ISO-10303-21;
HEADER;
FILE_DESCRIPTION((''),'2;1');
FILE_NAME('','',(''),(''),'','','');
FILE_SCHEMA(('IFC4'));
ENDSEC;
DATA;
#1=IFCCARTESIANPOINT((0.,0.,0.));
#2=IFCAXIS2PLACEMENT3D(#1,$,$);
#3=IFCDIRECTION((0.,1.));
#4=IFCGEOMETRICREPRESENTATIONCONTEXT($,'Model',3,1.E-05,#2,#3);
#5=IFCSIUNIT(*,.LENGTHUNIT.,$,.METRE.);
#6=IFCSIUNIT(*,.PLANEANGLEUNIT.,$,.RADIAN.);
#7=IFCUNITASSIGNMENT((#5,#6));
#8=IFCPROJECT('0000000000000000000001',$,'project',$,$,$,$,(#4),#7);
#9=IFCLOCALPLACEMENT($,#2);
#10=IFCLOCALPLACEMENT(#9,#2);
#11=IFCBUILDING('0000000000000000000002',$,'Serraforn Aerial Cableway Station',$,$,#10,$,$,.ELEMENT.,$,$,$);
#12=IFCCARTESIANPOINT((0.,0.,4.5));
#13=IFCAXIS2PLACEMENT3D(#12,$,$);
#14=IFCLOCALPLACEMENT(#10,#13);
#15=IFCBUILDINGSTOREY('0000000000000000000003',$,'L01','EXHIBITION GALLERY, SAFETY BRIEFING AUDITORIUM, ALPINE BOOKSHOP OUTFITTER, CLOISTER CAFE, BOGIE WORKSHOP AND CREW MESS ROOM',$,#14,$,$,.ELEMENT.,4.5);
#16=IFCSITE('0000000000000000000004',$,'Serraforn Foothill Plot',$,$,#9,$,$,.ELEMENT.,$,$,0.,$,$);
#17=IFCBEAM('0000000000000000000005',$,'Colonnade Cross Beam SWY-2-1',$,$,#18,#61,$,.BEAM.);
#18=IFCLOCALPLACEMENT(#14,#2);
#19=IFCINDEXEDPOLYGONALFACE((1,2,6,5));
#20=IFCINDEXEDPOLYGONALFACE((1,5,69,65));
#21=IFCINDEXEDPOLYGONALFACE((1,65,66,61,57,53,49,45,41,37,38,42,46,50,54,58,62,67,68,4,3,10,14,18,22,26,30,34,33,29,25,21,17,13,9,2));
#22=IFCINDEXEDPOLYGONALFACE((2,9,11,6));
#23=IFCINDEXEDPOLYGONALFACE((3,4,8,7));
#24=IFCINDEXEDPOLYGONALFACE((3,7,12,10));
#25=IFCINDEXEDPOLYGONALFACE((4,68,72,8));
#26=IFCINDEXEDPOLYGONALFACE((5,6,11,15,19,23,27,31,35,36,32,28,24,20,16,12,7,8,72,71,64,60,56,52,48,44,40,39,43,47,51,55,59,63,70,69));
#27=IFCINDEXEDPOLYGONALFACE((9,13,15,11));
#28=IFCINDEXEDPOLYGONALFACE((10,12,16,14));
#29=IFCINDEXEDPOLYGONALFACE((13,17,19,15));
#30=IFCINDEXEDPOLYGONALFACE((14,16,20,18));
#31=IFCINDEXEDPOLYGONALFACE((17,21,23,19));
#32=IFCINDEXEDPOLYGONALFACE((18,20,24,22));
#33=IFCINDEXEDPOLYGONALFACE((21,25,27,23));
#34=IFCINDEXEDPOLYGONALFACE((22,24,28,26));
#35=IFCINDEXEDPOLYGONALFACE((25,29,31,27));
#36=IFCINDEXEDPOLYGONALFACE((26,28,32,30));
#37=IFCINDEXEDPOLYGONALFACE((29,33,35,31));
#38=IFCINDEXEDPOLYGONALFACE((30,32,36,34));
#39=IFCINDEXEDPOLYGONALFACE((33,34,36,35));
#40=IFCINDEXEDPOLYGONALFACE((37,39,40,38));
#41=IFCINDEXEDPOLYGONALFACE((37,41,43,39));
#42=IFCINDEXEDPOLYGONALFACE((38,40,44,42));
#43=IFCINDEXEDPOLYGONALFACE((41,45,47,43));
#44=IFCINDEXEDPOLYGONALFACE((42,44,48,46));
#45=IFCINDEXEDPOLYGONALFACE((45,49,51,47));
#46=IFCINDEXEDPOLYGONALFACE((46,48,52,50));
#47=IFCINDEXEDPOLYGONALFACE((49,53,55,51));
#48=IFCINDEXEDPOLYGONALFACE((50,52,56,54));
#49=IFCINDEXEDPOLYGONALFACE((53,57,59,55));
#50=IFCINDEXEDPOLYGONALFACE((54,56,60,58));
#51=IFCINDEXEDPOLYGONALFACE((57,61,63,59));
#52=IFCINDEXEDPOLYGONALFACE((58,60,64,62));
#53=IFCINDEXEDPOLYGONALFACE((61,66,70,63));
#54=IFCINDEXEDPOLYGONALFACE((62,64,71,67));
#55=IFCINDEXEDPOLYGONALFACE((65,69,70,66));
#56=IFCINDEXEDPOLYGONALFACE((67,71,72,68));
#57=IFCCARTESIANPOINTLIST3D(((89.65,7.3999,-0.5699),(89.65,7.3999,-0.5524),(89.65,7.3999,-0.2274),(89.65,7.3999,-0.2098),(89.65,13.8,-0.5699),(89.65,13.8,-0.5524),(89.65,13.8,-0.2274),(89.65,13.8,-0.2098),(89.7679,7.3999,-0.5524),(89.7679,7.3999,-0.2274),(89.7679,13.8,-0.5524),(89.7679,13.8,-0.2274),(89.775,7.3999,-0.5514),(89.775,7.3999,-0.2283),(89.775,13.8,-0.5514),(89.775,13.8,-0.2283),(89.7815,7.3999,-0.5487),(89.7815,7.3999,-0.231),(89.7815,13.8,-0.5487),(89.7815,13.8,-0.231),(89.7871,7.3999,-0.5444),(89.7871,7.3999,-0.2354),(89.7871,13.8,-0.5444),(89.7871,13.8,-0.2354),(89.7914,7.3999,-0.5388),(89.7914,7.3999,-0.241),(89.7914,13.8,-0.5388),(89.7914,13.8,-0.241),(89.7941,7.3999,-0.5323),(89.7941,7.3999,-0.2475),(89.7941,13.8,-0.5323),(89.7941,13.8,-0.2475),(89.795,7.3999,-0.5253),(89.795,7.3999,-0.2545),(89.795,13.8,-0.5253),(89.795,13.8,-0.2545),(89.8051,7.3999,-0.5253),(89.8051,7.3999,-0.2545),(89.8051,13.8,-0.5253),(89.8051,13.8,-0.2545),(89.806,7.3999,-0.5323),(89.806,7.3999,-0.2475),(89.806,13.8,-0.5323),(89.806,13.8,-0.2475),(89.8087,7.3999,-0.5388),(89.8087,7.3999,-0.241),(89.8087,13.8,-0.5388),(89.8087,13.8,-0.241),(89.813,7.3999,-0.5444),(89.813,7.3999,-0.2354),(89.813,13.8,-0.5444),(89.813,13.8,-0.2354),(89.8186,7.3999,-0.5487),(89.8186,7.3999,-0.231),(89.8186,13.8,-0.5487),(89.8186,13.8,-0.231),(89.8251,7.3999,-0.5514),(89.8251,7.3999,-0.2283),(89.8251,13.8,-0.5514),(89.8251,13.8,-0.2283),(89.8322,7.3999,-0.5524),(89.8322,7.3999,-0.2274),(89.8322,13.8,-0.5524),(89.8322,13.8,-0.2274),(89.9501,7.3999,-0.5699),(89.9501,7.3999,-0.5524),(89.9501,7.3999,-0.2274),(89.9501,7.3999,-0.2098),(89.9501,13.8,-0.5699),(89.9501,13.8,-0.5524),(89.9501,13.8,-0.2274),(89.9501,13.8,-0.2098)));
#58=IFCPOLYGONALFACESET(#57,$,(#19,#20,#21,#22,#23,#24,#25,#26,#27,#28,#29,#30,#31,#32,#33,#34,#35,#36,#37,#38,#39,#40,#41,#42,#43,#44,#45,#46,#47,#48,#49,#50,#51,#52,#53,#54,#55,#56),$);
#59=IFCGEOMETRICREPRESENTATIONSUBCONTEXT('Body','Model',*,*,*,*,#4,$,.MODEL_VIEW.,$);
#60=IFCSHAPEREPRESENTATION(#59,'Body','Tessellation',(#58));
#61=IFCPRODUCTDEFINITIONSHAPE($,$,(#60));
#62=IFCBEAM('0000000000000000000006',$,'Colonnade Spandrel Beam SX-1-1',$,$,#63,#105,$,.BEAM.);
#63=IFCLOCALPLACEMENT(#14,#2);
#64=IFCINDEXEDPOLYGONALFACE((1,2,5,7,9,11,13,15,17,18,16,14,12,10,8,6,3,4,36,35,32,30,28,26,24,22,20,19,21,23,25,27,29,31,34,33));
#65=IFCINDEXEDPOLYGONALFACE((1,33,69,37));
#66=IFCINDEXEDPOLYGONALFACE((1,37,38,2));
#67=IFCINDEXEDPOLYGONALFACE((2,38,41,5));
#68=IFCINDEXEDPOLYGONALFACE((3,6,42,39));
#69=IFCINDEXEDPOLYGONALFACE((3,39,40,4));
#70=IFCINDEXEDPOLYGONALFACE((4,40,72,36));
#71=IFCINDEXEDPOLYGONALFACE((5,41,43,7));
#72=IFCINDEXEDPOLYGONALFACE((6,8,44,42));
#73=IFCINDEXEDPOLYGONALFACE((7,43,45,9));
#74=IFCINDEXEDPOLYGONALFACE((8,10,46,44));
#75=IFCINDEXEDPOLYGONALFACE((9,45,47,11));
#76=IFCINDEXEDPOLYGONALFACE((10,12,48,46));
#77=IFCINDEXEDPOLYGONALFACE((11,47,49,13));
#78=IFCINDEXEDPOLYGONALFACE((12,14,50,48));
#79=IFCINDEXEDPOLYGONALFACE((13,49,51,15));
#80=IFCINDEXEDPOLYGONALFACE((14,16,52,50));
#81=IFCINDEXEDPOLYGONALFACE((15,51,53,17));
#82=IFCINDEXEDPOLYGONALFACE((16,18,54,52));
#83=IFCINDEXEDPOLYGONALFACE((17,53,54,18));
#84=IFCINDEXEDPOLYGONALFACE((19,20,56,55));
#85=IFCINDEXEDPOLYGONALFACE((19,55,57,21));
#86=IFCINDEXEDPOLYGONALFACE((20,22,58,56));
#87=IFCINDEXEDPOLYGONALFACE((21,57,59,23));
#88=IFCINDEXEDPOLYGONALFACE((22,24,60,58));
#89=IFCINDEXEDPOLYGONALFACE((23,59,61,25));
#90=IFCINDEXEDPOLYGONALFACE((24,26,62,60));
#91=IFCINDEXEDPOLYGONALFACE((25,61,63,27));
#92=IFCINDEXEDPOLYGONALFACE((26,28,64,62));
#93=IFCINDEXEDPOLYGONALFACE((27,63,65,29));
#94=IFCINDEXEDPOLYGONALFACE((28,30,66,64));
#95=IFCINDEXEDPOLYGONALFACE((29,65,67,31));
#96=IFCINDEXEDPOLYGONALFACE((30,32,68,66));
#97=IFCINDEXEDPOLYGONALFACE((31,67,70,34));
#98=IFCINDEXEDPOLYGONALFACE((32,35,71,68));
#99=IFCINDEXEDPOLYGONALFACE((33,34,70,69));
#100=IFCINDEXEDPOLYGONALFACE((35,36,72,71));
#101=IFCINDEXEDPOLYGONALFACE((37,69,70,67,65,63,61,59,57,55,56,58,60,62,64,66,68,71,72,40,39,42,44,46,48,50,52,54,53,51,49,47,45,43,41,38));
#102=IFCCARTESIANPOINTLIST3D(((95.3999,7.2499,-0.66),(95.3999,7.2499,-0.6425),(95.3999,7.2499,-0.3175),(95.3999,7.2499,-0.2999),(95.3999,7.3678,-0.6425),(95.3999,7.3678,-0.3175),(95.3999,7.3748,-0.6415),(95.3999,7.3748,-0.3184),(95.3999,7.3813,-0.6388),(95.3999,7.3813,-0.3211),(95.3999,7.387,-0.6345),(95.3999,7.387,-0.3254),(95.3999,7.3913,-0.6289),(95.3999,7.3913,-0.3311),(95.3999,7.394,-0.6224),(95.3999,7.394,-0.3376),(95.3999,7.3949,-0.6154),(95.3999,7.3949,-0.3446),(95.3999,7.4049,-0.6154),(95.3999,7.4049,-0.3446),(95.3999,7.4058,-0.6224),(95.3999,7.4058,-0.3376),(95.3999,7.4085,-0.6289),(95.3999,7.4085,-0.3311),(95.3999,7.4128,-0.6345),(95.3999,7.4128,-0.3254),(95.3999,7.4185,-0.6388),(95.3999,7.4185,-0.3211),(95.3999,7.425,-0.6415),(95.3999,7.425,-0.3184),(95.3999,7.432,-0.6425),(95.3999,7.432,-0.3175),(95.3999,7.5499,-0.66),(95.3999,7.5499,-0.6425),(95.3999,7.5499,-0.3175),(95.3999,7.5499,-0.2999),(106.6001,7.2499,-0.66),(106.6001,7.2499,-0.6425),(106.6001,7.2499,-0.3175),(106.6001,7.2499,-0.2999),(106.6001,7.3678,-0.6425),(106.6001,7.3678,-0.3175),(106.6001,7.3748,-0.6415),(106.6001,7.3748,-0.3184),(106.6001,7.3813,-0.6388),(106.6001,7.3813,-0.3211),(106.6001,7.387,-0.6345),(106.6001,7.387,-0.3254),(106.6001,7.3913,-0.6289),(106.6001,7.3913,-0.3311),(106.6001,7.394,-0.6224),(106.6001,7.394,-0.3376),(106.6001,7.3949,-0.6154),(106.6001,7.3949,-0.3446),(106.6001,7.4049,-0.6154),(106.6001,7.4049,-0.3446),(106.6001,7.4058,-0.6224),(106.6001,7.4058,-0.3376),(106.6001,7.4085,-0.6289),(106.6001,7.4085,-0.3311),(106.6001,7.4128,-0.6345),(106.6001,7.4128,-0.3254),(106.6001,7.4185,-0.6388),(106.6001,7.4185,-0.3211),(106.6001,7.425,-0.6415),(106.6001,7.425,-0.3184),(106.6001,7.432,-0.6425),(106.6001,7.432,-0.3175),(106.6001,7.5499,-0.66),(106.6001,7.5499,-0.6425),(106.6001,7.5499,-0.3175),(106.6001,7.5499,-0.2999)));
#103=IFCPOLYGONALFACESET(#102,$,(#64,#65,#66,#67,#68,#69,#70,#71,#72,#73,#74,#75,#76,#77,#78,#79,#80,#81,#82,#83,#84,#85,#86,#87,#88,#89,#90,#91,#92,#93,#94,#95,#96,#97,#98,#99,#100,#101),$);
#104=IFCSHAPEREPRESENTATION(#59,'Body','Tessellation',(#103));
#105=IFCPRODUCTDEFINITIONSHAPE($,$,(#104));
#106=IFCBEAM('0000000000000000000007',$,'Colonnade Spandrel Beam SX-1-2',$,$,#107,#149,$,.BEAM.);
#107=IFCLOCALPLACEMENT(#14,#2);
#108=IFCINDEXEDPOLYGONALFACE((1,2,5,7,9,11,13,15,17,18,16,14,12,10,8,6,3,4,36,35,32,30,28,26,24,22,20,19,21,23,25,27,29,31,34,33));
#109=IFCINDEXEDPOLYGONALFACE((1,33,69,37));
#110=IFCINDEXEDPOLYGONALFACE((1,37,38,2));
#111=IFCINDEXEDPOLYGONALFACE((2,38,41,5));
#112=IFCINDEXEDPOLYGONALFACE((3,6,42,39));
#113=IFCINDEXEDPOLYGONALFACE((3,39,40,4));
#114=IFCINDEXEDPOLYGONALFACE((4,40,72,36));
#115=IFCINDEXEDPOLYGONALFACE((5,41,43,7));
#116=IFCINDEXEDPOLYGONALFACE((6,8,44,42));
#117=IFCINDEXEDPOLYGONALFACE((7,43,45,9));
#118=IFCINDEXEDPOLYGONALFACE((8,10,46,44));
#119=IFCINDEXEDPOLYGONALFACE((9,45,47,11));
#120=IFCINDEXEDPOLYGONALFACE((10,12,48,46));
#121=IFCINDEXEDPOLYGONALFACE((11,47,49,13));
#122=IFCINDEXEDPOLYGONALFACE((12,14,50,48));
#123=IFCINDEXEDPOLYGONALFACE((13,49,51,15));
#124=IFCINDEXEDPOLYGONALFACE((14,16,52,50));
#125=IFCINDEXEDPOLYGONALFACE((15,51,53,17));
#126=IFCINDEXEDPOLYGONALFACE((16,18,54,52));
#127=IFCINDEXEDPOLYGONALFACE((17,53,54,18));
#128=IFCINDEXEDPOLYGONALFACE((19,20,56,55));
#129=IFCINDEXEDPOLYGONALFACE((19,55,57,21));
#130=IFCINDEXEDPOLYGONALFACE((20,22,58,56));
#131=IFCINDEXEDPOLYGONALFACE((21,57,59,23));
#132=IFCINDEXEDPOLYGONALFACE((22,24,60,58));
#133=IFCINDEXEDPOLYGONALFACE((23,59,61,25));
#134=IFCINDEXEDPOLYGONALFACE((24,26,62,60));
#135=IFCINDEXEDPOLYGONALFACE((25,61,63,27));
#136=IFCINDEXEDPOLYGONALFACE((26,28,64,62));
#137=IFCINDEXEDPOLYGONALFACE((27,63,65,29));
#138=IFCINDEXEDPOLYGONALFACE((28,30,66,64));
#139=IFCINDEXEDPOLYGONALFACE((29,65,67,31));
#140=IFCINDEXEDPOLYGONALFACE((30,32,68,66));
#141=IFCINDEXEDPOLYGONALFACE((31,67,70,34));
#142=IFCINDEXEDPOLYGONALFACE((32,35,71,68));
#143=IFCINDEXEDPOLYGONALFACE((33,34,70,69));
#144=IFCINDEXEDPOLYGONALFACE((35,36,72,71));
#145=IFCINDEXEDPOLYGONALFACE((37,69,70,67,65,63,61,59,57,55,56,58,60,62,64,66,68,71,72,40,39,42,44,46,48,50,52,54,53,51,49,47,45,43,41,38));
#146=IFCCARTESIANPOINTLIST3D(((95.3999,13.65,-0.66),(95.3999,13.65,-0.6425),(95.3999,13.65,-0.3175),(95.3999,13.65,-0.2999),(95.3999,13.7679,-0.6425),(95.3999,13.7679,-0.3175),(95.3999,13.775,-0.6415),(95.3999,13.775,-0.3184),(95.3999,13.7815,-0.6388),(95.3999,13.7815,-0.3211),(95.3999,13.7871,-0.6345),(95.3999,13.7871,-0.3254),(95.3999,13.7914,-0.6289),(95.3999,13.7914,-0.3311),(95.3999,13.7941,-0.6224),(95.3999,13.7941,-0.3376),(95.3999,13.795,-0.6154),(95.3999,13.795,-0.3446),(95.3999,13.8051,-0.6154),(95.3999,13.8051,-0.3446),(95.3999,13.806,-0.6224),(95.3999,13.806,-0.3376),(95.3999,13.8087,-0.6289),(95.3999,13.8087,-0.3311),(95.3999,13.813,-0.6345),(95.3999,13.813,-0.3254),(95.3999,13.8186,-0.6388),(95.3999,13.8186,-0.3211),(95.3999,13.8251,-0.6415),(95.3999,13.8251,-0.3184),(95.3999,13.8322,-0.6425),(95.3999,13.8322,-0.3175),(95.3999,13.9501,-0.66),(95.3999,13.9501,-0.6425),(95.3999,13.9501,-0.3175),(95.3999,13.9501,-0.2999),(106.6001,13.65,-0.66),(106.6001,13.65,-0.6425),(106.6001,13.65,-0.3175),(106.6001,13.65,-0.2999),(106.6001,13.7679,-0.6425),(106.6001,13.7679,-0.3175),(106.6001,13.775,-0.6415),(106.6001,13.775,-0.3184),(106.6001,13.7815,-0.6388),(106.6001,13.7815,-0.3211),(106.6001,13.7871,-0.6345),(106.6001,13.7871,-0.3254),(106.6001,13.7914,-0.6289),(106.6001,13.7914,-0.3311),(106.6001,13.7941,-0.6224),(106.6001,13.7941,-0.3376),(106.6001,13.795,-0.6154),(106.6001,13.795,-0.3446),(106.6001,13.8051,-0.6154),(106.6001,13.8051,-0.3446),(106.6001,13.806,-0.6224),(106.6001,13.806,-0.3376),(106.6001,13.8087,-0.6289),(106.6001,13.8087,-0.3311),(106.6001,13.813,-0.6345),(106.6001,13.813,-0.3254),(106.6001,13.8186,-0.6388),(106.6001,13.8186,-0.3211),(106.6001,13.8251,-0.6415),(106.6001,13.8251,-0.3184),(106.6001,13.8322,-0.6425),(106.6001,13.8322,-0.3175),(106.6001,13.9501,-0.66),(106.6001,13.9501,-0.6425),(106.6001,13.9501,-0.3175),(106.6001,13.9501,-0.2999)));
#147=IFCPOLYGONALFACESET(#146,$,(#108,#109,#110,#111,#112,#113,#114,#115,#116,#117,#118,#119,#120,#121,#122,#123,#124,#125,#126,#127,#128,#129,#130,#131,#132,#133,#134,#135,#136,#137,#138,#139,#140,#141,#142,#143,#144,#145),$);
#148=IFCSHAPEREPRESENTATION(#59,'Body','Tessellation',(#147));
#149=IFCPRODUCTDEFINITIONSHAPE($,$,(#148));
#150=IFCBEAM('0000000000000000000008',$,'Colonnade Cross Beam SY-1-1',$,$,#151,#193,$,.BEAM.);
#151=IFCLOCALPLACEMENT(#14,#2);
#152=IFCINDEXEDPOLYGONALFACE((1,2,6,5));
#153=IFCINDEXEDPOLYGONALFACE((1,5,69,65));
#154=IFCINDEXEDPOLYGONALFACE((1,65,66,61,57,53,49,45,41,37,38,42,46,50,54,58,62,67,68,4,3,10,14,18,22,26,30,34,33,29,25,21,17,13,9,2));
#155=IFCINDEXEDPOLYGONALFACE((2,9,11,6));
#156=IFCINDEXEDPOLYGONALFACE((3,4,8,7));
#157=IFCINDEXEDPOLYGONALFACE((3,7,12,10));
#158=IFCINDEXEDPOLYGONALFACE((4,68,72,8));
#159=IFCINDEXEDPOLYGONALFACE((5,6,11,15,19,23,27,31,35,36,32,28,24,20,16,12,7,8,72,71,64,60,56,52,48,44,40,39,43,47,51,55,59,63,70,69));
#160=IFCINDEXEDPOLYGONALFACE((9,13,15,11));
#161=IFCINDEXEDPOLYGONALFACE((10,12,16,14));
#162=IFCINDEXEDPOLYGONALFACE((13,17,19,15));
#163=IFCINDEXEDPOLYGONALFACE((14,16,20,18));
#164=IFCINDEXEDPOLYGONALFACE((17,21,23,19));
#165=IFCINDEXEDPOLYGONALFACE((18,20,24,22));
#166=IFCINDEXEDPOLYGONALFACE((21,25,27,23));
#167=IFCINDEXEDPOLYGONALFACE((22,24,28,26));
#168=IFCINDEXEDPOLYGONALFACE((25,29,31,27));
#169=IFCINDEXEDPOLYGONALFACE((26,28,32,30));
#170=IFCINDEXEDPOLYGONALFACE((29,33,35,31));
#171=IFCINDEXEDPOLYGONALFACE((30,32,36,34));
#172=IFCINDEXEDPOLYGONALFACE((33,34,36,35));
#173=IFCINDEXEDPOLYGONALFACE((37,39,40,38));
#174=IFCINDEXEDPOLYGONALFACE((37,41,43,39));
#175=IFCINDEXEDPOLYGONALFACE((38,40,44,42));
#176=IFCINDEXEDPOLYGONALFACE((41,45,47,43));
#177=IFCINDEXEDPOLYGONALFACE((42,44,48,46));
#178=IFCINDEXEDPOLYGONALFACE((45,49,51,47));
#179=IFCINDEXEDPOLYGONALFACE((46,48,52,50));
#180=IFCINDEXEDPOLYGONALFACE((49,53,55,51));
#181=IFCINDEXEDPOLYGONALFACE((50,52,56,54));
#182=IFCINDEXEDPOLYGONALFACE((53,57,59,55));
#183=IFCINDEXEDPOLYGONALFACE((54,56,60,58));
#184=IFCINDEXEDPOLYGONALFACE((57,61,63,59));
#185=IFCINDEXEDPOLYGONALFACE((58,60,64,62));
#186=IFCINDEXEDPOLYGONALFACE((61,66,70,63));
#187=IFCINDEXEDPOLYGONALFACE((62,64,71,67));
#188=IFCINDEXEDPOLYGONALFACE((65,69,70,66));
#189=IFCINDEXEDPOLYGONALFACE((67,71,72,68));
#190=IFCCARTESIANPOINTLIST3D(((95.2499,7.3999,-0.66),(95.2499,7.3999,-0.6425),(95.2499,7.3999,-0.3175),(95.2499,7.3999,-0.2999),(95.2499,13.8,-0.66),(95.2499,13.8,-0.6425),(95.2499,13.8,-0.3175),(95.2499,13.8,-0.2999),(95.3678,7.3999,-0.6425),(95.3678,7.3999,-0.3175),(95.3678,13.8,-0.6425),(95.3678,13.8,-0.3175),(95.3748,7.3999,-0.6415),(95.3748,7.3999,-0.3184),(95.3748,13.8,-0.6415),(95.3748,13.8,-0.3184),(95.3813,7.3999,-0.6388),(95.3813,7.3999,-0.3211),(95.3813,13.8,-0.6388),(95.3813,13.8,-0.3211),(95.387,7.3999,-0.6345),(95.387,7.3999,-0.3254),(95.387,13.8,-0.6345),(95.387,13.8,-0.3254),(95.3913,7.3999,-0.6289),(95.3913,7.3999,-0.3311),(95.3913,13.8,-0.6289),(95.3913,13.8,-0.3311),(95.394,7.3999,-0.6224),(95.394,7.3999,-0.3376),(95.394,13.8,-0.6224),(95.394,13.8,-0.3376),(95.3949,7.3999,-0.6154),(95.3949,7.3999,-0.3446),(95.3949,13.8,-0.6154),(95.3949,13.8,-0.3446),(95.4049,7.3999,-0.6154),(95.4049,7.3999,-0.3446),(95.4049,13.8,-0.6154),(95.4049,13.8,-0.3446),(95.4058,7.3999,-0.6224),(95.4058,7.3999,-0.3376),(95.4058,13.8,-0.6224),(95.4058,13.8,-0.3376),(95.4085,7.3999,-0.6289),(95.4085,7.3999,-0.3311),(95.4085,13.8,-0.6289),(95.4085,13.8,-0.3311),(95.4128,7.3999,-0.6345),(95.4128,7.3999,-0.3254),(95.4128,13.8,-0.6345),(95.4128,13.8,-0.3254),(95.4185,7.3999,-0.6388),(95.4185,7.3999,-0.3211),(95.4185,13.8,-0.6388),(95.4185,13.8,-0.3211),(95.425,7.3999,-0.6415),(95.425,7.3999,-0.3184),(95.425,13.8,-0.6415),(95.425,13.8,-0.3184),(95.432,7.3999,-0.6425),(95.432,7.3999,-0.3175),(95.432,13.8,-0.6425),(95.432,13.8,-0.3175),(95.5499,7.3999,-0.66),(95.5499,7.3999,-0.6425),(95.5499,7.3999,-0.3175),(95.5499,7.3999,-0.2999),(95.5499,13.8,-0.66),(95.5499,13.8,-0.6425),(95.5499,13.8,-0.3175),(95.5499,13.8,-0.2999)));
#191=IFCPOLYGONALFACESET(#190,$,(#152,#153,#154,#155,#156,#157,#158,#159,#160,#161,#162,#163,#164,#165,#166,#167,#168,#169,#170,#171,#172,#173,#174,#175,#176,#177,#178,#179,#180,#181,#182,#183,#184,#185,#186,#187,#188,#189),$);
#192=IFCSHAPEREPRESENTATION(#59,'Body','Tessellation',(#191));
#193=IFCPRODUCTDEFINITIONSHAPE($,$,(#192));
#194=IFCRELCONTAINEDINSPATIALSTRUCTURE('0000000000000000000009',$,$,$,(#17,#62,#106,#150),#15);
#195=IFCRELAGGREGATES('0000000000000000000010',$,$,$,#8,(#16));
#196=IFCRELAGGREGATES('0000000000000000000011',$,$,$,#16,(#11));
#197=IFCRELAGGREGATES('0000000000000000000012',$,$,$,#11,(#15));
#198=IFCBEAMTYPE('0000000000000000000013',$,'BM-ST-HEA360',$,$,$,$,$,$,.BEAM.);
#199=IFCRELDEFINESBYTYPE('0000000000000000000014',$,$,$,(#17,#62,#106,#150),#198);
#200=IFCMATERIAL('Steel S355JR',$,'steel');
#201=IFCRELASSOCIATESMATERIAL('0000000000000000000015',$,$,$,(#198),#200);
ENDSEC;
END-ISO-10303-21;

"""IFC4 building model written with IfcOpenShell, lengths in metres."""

from ifc_helpers import new_model, si_unit, direction, frame, origin, origin_2d, place, context, subcontext, project, spatial, i_section, extrude, material, material_profile, profile_set, type_object, element, save


model = new_model("IFC4")

# Units and contexts
model_context = context("Model", 3, precision=1e-05, world=origin(), true_north=direction((0.0, 1.0)))
body_context = subcontext(model_context, "Body", "Model", "MODEL_VIEW")
ifc_project = project(units=[si_unit("LENGTHUNIT", "METRE"), si_unit("PLANEANGLEUNIT", "RADIAN")], contexts=[model_context])

# Site, building, storey
site_placement = place(None, origin())
site = spatial("IfcSite", under=ifc_project, at=site_placement, Name="Serraforn Foothill Plot", CompositionType="ELEMENT", RefElevation=0.0)
building_placement = place(site_placement, origin())
building = spatial("IfcBuilding", under=site, at=building_placement, Name="Serraforn Aerial Cableway Station", CompositionType="ELEMENT")
storey_placement = place(building_placement, frame((0.0, 0.0, 4.5)))
storey = spatial("IfcBuildingStorey", under=building, at=storey_placement, Name="L01", Description="EXHIBITION GALLERY, SAFETY BRIEFING AUDITORIUM, ALPINE BOOKSHOP OUTFITTER, CLOISTER CAFE, BOGIE WORKSHOP AND CREW MESS ROOM", CompositionType="ELEMENT", Elevation=4.5)

# Beams
ifc_material_1 = material(Name="Steel S355JR", Category="steel")
ifc_material_profile_1 = material_profile(ifc_material_1, i_section(OverallWidth=0.3, OverallDepth=0.3601, WebThickness=0.01, FlangeThickness=0.0176, FilletRadius=0.0271, at=origin_2d()), Name="HEA 360")
ifc_profile_set_1 = profile_set([ifc_material_profile_1], Name="Steel S355JR")
beam_type_1 = type_object("IfcBeamType", Name="BM-ST-HEA360", PredefinedType="BEAM", material=ifc_profile_set_1)
for number, where, z_axis, x_axis, name in (
    (1, (89.8, 7.3999, -0.3899), (0.0, 1.0, 0.0), (-1.0, 0.0, 0.0), "Colonnade Cross Beam SWY-2-1"),
):
    element("IfcBeam", number, at=place(storey_placement, frame(where, z_axis=z_axis, x_axis=x_axis)), inside=storey, type_object=beam_type_1, Name=name, PredefinedType="BEAM", context=body_context, shape_type="SweptSolid", body=[
        extrude(i_section(OverallWidth=0.3, OverallDepth=0.3601, WebThickness=0.01, FlangeThickness=0.0176, FilletRadius=0.0271, at=origin_2d()), origin(), (0.0, 0.0, 1.0), 6.4001),
    ])
for number, where, z_axis, x_axis, name in (
    (2, (95.3999, 7.3999, -0.48), (1.0, 0.0, 0.0), (0.0, 1.0, 0.0), "Colonnade Spandrel Beam SX-1-1"),
    (3, (95.3999, 13.8, -0.48), (1.0, 0.0, 0.0), (0.0, 1.0, 0.0), "Colonnade Spandrel Beam SX-1-2"),
):
    element("IfcBeam", number, at=place(storey_placement, frame(where, z_axis=z_axis, x_axis=x_axis)), inside=storey, type_object=beam_type_1, Name=name, PredefinedType="BEAM", context=body_context, shape_type="SweptSolid", body=[
        extrude(i_section(OverallWidth=0.3, OverallDepth=0.3601, WebThickness=0.01, FlangeThickness=0.0176, FilletRadius=0.0271, at=origin_2d()), origin(), (0.0, 0.0, 1.0), 11.2002),
    ])
beam_1_placement = place(storey_placement, frame((95.3999, 7.3999, -0.48), z_axis=(0.0, 1.0, 0.0), x_axis=(-1.0, 0.0, 0.0)))
element("IfcBeam", 4, at=beam_1_placement, inside=storey, type_object=beam_type_1, Name="Colonnade Cross Beam SY-1-1", PredefinedType="BEAM", context=body_context, shape_type="SweptSolid", body=[
    extrude(i_section(OverallWidth=0.3, OverallDepth=0.3601, WebThickness=0.01, FlangeThickness=0.0176, FilletRadius=0.0271, at=origin_2d()), origin(), (0.0, 0.0, 1.0), 6.4001),
])

save(model, "model.ifc")
